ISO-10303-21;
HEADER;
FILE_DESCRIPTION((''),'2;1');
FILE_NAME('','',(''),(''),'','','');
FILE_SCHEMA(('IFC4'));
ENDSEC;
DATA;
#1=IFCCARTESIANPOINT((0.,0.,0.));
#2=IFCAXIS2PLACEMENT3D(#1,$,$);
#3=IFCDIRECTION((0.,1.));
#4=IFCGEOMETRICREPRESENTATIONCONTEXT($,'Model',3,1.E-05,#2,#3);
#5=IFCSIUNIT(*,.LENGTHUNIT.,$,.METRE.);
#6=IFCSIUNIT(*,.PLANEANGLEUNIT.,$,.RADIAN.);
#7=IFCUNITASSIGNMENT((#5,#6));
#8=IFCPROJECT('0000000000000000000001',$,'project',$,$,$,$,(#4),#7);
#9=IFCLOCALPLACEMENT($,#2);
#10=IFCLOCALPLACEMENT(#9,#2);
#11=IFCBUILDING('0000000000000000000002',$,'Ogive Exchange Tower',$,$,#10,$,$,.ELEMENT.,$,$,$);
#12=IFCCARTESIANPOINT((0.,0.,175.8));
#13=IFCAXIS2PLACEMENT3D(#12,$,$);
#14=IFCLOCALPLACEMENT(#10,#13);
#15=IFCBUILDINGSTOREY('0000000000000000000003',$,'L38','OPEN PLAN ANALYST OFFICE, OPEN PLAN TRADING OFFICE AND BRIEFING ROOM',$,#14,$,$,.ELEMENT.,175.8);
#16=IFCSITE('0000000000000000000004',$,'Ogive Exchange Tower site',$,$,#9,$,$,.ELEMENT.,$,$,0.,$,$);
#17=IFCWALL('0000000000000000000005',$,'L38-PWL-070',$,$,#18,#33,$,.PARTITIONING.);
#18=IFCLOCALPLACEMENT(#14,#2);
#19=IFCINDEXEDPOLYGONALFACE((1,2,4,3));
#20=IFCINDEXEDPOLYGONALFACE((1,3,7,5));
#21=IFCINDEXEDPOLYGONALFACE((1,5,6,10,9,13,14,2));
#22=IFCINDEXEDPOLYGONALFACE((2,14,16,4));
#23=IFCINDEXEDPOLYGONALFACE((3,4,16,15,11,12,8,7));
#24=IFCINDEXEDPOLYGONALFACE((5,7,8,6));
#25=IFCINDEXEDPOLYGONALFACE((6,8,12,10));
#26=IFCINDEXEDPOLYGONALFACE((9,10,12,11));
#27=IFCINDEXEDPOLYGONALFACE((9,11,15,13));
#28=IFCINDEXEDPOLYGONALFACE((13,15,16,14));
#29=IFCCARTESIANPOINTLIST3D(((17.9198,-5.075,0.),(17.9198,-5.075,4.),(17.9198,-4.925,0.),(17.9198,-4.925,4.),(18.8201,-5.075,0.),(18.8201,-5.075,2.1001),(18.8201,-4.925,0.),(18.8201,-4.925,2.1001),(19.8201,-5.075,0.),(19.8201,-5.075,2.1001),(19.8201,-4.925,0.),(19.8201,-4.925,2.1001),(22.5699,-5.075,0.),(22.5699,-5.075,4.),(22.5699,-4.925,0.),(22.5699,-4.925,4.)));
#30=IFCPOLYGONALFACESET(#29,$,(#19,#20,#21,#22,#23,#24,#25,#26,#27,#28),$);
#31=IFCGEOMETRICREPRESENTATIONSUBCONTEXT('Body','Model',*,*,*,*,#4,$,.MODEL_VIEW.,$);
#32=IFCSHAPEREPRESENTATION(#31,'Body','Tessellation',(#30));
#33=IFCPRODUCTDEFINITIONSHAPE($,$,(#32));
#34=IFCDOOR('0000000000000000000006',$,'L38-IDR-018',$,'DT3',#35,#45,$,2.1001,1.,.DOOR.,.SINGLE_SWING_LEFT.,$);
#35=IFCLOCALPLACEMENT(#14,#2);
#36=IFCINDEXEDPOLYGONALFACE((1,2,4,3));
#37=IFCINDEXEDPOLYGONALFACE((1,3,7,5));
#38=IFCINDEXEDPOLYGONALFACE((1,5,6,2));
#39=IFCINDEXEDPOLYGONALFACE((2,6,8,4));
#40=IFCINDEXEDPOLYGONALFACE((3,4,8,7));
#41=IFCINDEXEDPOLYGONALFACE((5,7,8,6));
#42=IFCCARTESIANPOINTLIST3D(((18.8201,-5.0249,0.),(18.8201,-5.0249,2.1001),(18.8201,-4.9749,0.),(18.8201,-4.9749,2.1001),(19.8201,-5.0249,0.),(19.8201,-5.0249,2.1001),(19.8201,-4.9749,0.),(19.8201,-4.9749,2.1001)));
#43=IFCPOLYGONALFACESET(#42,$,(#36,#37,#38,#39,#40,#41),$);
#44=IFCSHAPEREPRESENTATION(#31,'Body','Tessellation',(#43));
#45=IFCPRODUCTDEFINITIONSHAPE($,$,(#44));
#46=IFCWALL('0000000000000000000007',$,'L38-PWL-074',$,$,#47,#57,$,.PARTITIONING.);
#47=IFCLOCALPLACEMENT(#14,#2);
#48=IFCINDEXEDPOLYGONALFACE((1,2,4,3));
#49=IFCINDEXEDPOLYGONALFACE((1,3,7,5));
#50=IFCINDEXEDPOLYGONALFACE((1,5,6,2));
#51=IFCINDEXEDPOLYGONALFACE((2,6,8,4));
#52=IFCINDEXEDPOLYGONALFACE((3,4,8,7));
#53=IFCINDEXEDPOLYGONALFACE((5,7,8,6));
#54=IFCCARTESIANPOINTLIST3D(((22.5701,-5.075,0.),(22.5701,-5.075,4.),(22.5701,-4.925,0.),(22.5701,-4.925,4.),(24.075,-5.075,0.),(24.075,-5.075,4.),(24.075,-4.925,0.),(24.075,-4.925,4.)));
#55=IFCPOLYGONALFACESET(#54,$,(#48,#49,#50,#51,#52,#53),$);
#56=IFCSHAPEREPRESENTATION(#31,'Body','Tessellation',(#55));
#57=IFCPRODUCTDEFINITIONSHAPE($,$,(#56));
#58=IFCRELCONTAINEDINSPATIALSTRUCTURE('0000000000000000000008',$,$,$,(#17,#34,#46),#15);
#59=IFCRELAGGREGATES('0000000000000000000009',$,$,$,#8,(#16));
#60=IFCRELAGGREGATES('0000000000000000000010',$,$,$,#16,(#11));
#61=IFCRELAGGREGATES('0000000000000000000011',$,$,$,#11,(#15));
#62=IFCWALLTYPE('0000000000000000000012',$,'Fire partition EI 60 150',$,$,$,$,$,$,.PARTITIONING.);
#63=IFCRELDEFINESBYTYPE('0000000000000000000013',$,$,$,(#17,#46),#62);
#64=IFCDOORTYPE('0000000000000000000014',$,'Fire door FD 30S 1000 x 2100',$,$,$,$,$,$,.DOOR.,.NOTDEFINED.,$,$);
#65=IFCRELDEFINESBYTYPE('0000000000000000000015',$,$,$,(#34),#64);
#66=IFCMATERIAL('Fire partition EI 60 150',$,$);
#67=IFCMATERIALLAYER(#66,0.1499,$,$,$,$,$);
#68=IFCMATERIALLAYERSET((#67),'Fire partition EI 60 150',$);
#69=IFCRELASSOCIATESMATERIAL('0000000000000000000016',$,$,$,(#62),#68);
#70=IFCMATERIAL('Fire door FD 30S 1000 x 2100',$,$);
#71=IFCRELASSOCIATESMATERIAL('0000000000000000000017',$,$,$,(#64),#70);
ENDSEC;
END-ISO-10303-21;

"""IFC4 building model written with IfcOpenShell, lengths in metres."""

from ifc_helpers import new_model, si_unit, direction, frame, frame_2d, origin, place, context, subcontext, project, spatial, rectangle, extrude, material, layer, layer_set, type_object, element, fill, save


model = new_model("IFC4")

# Units and contexts
model_context = context("Model", 3, precision=1e-05, world=origin(), true_north=direction((0.0, 1.0)))
body_context = subcontext(model_context, "Body", "Model", "MODEL_VIEW")
ifc_project = project(units=[si_unit("LENGTHUNIT", "METRE"), si_unit("PLANEANGLEUNIT", "RADIAN")], contexts=[model_context])

# Site, building, storey
site_placement = place(None, origin())
site = spatial("IfcSite", under=ifc_project, at=site_placement, Name="Ogive Exchange Tower site", CompositionType="ELEMENT", RefElevation=0.0)
building_placement = place(site_placement, origin())
building = spatial("IfcBuilding", under=site, at=building_placement, Name="Ogive Exchange Tower", CompositionType="ELEMENT")
storey_placement = place(building_placement, frame((0.0, 0.0, 175.8)))
storey = spatial("IfcBuildingStorey", under=building, at=storey_placement, Name="L38", Description="OPEN PLAN ANALYST OFFICE, OPEN PLAN TRADING OFFICE AND BRIEFING ROOM", CompositionType="ELEMENT", Elevation=175.8)

# Wall, opening, door
ifc_material_1 = material(Name="Fire partition EI 60 150")
ifc_layer_1 = layer(ifc_material_1, 0.1499)
ifc_layer_set_1 = layer_set([ifc_layer_1], Name="Fire partition EI 60 150")
wall_type_1 = type_object("IfcWallType", Name="Fire partition EI 60 150", PredefinedType="PARTITIONING", material=ifc_layer_set_1)
wall_1_placement = place(storey_placement, frame((22.5701, -5.0, 0.0), z_axis=(0.0, 0.0, 1.0), x_axis=(-1.0, 0.0, 0.0)))
wall_1 = element("IfcWall", 1, at=wall_1_placement, inside=storey, type_object=wall_type_1, Name="L38-PWL-070", PredefinedType="PARTITIONING", context=body_context, shape_type="SweptSolid", body=[
    extrude(rectangle(XDim=4.6501, YDim=0.1499, at=frame_2d((2.3252, 0.0))), origin(), (0.0, 0.0, 1.0), 4.0),
])
opening_1_placement = place(wall_1_placement, frame((2.75, 0.0, 0.0)))
opening_1 = element("IfcOpeningElement", 2, at=opening_1_placement, cuts=wall_1, PredefinedType="OPENING", context=body_context, shape_type="SweptSolid", body=[
    extrude(rectangle(XDim=1.0, YDim=2.1001, at=frame_2d((0.5, 1.05))), frame((0.0, 0.085, 0.0), z_axis=(0.0, -1.0, 0.0), x_axis=(1.0, 0.0, 0.0)), (0.0, 0.0, 1.0), 0.1699),
])
ifc_material_2 = material(Name="Fire door FD 30S 1000 x 2100")
door_type_1 = type_object("IfcDoorType", Name="Fire door FD 30S 1000 x 2100", OperationType="NOTDEFINED", PredefinedType="DOOR", material=ifc_material_2)
door_1_placement = place(opening_1_placement, origin())
door_1 = element("IfcDoor", 3, at=door_1_placement, inside=storey, type_object=door_type_1, Name="L38-IDR-018", ObjectType="DT3", OperationType="SINGLE_SWING_LEFT", OverallHeight=2.1001, OverallWidth=1.0, PredefinedType="DOOR", context=body_context, shape_type="SweptSolid", body=[
    extrude(rectangle(XDim=1.0, YDim=2.1001, at=frame_2d((0.5, 1.05))), frame((0.0, 0.0249, 0.0), z_axis=(0.0, -1.0, 0.0), x_axis=(1.0, 0.0, 0.0)), (0.0, 0.0, 1.0), 0.05),
])
fill(opening_1, door_1)

# Wall
wall_2_placement = place(storey_placement, frame((24.075, -5.0, 0.0), z_axis=(0.0, 0.0, 1.0), x_axis=(-1.0, 0.0, 0.0)))
element("IfcWall", 4, at=wall_2_placement, inside=storey, type_object=wall_type_1, Name="L38-PWL-074", PredefinedType="PARTITIONING", context=body_context, shape_type="SweptSolid", body=[
    extrude(rectangle(XDim=1.5049, YDim=0.1499, at=frame_2d((0.7524, 0.0))), origin(), (0.0, 0.0, 1.0), 4.0),
])

save(model, "model.ifc")
